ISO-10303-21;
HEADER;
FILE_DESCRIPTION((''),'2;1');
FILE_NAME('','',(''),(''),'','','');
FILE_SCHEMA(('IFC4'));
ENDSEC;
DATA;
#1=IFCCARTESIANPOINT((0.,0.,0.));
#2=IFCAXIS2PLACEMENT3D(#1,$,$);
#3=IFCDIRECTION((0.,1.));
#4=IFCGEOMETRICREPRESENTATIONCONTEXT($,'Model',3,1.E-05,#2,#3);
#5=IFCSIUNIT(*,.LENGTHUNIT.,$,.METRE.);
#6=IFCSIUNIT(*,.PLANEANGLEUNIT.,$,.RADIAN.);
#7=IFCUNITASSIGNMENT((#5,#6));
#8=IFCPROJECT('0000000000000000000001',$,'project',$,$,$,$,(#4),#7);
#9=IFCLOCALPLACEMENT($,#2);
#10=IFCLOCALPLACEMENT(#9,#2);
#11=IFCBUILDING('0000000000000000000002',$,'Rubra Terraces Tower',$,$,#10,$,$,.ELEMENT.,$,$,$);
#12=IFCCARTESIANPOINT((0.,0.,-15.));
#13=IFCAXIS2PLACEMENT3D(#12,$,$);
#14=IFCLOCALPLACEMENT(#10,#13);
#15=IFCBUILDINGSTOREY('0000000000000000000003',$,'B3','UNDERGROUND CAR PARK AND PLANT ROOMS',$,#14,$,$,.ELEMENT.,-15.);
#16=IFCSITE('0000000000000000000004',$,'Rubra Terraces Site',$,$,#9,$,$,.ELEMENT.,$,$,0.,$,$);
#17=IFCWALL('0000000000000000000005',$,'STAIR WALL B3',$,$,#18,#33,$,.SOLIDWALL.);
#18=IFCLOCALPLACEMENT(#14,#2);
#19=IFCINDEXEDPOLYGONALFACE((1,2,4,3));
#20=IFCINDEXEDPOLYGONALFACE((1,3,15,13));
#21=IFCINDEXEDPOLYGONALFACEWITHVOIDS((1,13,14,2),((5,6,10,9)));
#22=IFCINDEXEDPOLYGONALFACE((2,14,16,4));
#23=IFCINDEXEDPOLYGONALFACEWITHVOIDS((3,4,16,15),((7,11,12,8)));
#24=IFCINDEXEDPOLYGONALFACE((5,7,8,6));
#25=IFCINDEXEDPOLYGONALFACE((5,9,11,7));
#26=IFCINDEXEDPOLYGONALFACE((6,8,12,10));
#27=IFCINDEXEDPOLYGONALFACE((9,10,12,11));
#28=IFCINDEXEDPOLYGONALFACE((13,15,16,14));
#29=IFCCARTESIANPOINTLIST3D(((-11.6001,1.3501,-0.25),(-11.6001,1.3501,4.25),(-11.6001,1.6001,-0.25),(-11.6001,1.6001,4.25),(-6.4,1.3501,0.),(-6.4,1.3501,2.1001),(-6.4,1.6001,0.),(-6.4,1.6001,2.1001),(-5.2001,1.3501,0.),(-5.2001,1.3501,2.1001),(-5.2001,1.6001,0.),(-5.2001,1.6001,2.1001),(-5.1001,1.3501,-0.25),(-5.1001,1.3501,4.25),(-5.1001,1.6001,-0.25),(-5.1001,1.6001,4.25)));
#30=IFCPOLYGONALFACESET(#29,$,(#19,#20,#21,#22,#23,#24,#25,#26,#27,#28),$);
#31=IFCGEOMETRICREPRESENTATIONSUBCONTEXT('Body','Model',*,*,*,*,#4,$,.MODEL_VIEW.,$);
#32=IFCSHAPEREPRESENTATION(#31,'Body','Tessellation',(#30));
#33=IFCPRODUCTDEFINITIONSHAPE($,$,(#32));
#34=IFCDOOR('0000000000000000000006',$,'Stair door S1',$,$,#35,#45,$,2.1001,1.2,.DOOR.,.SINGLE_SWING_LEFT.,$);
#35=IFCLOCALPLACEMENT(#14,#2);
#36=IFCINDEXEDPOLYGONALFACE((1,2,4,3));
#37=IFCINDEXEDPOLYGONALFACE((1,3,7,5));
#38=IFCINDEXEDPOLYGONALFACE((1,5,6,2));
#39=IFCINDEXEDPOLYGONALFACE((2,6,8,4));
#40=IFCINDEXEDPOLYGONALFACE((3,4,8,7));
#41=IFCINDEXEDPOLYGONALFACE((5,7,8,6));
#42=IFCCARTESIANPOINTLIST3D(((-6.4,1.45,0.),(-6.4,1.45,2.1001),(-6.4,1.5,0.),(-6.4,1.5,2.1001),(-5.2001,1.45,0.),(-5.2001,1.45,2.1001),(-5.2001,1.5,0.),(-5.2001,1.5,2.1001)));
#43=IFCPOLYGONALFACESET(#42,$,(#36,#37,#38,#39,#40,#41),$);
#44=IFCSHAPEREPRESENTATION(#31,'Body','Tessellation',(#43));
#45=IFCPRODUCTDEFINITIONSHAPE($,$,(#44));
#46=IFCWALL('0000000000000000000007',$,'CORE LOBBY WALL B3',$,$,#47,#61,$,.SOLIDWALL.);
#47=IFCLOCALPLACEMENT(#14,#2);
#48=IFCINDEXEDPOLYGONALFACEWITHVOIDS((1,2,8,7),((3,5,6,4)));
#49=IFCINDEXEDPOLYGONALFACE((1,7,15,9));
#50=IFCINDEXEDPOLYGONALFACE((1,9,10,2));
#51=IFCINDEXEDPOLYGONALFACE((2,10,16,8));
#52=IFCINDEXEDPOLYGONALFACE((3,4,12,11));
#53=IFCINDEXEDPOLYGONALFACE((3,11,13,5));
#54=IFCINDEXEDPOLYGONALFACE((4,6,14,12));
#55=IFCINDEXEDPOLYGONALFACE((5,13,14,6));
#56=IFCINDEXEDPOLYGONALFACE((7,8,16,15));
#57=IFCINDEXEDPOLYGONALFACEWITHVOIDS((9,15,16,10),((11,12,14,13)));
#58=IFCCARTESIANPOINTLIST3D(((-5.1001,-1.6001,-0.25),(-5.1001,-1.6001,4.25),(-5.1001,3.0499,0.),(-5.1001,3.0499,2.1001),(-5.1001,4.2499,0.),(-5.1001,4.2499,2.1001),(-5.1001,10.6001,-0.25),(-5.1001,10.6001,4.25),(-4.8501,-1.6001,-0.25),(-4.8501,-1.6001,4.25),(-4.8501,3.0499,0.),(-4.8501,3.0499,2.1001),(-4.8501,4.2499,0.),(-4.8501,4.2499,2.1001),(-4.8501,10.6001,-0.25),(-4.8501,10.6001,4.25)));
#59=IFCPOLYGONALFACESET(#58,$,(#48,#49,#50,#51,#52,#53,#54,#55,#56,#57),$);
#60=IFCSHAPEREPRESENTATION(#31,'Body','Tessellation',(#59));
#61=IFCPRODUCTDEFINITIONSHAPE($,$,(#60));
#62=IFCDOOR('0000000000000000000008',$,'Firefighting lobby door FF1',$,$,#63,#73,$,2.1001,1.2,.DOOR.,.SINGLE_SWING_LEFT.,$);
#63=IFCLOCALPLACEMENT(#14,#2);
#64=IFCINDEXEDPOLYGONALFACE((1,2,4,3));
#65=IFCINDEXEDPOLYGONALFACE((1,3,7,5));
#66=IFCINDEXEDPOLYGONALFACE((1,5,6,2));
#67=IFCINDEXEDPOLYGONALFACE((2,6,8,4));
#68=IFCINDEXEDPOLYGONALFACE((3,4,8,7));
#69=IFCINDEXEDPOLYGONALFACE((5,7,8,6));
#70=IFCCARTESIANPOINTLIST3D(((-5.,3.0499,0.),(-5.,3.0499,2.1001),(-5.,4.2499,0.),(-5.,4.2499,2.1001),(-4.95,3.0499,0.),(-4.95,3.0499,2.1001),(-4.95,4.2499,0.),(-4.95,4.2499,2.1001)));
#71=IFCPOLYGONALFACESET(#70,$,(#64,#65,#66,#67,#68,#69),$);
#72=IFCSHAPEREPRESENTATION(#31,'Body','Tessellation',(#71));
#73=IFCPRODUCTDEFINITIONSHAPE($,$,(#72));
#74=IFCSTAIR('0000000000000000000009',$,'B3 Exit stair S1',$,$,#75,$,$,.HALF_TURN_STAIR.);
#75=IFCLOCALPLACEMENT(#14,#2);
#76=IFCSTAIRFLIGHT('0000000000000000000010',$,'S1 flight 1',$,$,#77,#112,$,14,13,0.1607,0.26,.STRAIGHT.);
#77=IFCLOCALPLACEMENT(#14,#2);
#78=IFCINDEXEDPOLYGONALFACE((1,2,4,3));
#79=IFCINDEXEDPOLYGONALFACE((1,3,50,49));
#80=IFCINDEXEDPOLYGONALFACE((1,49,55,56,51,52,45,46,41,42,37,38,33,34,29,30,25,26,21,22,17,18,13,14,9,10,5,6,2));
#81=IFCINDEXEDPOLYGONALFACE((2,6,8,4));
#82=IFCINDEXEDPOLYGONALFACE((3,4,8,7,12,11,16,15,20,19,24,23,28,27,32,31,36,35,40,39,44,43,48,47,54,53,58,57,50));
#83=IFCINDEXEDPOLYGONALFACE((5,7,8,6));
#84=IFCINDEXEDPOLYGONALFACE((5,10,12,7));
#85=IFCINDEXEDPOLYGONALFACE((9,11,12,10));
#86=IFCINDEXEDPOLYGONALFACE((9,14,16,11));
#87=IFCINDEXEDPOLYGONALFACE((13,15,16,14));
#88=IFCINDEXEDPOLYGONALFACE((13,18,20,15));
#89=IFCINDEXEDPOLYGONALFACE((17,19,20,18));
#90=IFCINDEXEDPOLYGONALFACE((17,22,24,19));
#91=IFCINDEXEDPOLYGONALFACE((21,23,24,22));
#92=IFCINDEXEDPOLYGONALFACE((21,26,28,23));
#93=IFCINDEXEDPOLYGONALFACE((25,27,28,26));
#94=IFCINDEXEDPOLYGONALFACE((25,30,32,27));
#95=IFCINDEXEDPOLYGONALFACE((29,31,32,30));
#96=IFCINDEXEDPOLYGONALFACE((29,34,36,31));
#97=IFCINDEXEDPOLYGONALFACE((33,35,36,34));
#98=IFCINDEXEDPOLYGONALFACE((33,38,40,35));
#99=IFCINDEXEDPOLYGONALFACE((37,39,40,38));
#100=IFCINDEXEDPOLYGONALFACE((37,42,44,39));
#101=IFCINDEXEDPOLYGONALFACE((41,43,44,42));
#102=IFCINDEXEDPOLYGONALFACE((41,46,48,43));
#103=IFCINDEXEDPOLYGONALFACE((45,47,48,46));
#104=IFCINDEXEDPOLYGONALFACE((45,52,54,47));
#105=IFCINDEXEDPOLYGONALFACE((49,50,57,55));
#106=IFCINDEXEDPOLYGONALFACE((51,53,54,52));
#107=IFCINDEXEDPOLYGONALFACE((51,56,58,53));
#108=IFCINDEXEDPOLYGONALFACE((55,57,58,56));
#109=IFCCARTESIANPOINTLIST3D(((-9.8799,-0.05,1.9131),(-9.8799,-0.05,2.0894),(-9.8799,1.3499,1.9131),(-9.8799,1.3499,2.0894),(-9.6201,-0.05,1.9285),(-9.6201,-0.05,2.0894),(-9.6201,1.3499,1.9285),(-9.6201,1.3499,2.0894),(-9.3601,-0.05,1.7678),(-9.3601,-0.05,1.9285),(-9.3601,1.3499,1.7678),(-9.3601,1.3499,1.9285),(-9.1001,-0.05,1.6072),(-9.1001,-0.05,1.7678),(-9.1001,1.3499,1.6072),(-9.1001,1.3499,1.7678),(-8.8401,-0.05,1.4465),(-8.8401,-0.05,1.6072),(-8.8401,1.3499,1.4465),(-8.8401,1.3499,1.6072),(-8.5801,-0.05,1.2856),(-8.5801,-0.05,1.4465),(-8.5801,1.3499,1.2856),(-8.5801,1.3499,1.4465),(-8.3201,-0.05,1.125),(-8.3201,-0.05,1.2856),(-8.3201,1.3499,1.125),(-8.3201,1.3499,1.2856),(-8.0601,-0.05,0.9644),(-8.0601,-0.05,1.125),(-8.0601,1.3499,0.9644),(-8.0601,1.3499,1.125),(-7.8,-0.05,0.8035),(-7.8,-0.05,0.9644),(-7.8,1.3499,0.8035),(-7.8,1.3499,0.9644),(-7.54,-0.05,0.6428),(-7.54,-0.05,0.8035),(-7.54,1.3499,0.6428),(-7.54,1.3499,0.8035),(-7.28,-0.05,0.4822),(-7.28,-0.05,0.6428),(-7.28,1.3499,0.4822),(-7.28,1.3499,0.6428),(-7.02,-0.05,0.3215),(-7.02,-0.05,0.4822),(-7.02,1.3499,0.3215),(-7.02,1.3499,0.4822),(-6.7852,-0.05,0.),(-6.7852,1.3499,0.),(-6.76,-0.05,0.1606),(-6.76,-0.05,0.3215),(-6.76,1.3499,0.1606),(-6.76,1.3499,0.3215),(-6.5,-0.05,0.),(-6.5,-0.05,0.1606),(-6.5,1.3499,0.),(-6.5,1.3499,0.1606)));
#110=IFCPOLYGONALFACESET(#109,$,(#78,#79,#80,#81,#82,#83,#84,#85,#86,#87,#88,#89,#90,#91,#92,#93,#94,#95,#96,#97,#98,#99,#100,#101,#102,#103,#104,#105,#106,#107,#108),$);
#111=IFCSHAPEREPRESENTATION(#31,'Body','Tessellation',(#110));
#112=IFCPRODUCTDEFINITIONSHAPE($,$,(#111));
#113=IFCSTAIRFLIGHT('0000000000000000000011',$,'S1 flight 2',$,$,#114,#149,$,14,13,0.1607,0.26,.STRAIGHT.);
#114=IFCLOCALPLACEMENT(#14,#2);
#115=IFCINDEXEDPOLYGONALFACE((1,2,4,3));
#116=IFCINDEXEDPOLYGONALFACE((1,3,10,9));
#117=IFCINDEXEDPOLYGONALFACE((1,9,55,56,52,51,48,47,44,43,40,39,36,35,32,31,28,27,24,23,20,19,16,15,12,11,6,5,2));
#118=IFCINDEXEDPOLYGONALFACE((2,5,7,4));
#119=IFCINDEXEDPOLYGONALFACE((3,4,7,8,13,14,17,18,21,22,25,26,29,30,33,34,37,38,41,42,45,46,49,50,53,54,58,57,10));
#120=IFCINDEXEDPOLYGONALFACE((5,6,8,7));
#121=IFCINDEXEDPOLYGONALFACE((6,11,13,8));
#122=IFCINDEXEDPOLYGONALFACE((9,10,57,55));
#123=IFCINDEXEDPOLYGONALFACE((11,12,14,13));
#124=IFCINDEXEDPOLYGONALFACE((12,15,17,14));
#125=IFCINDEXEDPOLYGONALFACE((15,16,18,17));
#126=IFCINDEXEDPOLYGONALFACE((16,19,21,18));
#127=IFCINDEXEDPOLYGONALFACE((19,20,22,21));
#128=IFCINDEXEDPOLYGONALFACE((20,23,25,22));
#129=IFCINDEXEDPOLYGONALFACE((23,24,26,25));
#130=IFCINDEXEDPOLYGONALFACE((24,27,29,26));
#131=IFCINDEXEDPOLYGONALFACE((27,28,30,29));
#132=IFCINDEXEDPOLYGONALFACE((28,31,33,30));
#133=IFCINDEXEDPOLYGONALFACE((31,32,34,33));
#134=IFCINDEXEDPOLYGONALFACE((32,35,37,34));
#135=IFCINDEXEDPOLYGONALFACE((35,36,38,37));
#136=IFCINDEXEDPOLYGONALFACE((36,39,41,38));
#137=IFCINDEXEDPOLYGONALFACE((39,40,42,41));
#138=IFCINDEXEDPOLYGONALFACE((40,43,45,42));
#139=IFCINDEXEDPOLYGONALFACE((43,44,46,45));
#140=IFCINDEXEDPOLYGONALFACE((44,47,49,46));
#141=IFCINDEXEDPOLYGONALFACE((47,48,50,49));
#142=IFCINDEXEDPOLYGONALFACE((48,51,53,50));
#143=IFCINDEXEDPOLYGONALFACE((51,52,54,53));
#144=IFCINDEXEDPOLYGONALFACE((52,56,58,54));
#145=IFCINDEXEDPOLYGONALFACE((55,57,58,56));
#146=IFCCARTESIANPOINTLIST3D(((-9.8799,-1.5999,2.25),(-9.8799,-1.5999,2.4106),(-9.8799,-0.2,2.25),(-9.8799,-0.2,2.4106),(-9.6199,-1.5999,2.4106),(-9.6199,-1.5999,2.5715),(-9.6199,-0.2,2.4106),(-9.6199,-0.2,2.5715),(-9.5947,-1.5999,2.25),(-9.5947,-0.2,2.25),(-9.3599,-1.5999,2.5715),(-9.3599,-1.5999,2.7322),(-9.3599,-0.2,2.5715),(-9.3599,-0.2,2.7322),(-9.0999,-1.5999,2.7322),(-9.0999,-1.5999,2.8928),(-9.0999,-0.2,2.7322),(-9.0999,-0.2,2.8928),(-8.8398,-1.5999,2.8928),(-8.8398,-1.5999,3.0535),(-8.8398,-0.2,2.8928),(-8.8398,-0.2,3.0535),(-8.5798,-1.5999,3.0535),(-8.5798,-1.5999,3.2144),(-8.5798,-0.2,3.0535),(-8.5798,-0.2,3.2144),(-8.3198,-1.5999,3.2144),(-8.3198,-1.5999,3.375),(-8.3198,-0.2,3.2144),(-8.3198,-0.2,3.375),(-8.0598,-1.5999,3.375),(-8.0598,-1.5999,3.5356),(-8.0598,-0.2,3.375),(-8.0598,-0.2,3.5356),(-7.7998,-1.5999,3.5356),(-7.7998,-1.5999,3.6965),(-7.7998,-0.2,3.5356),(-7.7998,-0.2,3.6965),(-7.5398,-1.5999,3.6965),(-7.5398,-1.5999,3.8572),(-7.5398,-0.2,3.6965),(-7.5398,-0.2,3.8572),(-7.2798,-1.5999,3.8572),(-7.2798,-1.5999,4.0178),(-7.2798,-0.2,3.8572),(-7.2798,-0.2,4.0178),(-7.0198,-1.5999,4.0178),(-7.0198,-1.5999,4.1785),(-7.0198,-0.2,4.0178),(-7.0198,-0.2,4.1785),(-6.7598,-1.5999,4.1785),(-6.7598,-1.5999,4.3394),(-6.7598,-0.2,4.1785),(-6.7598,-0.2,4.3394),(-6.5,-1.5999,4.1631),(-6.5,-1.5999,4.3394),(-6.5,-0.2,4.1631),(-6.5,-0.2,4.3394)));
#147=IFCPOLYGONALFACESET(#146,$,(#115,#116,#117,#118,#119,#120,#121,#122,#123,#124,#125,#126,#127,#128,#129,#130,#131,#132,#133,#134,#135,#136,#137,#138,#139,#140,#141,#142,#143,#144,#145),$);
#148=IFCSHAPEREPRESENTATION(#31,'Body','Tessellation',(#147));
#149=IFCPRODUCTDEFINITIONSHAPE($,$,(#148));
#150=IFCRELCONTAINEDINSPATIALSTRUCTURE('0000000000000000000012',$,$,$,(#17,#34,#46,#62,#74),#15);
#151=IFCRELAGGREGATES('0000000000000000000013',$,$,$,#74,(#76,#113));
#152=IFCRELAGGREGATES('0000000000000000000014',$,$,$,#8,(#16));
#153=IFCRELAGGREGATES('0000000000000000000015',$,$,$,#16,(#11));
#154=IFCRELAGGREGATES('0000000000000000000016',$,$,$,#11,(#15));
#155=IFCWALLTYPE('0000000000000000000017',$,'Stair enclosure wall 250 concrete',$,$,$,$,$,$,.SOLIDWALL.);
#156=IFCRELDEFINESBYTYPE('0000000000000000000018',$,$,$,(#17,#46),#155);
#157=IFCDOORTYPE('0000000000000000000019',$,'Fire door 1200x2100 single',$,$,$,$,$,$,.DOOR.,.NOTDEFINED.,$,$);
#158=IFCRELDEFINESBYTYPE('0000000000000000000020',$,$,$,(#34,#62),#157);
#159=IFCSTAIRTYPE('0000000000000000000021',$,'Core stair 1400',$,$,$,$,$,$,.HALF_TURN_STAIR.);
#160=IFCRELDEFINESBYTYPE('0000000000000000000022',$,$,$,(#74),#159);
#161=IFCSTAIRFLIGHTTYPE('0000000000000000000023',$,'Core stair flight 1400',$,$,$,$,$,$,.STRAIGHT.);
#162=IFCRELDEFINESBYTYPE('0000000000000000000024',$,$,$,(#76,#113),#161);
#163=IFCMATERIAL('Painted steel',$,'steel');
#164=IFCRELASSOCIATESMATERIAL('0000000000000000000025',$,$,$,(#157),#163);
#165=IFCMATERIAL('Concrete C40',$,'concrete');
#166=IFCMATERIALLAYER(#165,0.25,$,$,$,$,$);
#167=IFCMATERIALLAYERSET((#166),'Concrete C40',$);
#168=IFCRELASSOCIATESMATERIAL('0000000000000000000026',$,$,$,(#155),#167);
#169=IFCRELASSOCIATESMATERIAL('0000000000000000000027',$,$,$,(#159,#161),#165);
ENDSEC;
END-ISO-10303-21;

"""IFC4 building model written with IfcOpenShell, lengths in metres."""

from ifc_helpers import new_model, si_unit, direction, frame, frame_2d, origin, place, context, subcontext, project, spatial, polyline, rectangle, outline, extrude, material, layer, layer_set, type_object, element, fill, aggregate, save


model = new_model("IFC4")

# Units and contexts
model_context = context("Model", 3, precision=1e-05, world=origin(), true_north=direction((0.0, 1.0)))
body_context = subcontext(model_context, "Body", "Model", "MODEL_VIEW")
ifc_project = project(units=[si_unit("LENGTHUNIT", "METRE"), si_unit("PLANEANGLEUNIT", "RADIAN")], contexts=[model_context])

# Site, building, storey
site_placement = place(None, origin())
site = spatial("IfcSite", under=ifc_project, at=site_placement, Name="Rubra Terraces Site", CompositionType="ELEMENT", RefElevation=0.0)
building_placement = place(site_placement, origin())
building = spatial("IfcBuilding", under=site, at=building_placement, Name="Rubra Terraces Tower", CompositionType="ELEMENT")
storey_placement = place(building_placement, frame((0.0, 0.0, -15.0)))
storey = spatial("IfcBuildingStorey", under=building, at=storey_placement, Name="B3", Description="UNDERGROUND CAR PARK AND PLANT ROOMS", CompositionType="ELEMENT", Elevation=-15.0)

# Shared definitions
ifc_material_1 = material(Name="Concrete C40", Category="concrete")

# Shared definitions
ifc_material_2 = material(Name="Painted steel", Category="steel")
door_type_1 = type_object("IfcDoorType", Name="Fire door 1200x2100 single", OperationType="NOTDEFINED", PredefinedType="DOOR", material=ifc_material_2)

# Walls, openings, doors
ifc_layer_1 = layer(ifc_material_1, 0.25)
ifc_layer_set_1 = layer_set([ifc_layer_1], Name="Concrete C40")
wall_type_1 = type_object("IfcWallType", Name="Stair enclosure wall 250 concrete", PredefinedType="SOLIDWALL", material=ifc_layer_set_1)
wall_1_placement = place(storey_placement, frame((-11.6001, 1.4751, -0.25), z_axis=(0.0, 0.0, 1.0), x_axis=(1.0, 0.0, 0.0)))
wall_1 = element("IfcWall", 1, at=wall_1_placement, inside=storey, type_object=wall_type_1, Name="STAIR WALL B3", PredefinedType="SOLIDWALL", context=body_context, shape_type="SweptSolid", body=[
    extrude(rectangle(XDim=6.5, YDim=0.25, at=frame_2d((3.25, 0.0))), origin(), (0.0, 0.0, 1.0), 4.5),
])
opening_1_placement = place(wall_1_placement, frame((5.2, 0.0, 0.25)))
opening_1 = element("IfcOpeningElement", 2, at=opening_1_placement, cuts=wall_1, PredefinedType="OPENING", context=body_context, shape_type="SweptSolid", body=[
    extrude(rectangle(XDim=1.2, YDim=2.1001, at=frame_2d((0.6001, 1.05))), frame((0.0, 0.135, 0.0), z_axis=(0.0, -1.0, 0.0), x_axis=(1.0, 0.0, 0.0)), (0.0, 0.0, 1.0), 0.27),
])
door_1_placement = place(opening_1_placement, origin())
door_1 = element("IfcDoor", 3, at=door_1_placement, inside=storey, type_object=door_type_1, Name="Stair door S1", OperationType="SINGLE_SWING_LEFT", OverallHeight=2.1001, OverallWidth=1.2, PredefinedType="DOOR", context=body_context, shape_type="SweptSolid", body=[
    extrude(rectangle(XDim=1.2, YDim=2.1001, at=frame_2d((0.6001, 1.05))), frame((0.0, 0.0249, 0.0), z_axis=(0.0, -1.0, 0.0), x_axis=(1.0, 0.0, 0.0)), (0.0, 0.0, 1.0), 0.05),
])
fill(opening_1, door_1)
wall_2_placement = place(storey_placement, frame((-4.9751, -1.6001, -0.25), z_axis=(0.0, 0.0, 1.0), x_axis=(0.0, 1.0, 0.0)))
wall_2 = element("IfcWall", 4, at=wall_2_placement, inside=storey, type_object=wall_type_1, Name="CORE LOBBY WALL B3", PredefinedType="SOLIDWALL", context=body_context, shape_type="SweptSolid", body=[
    extrude(rectangle(XDim=12.2002, YDim=0.25, at=frame_2d((6.1001, 0.0))), origin(), (0.0, 0.0, 1.0), 4.5),
])
opening_2_placement = place(wall_2_placement, frame((4.6499, 0.0, 0.25)))
opening_2 = element("IfcOpeningElement", 5, at=opening_2_placement, cuts=wall_2, PredefinedType="OPENING", context=body_context, shape_type="SweptSolid", body=[
    extrude(rectangle(XDim=1.2, YDim=2.1001, at=frame_2d((0.6001, 1.05))), frame((0.0, 0.135, 0.0), z_axis=(0.0, -1.0, 0.0), x_axis=(1.0, 0.0, 0.0)), (0.0, 0.0, 1.0), 0.27),
])
door_2_placement = place(opening_2_placement, origin())
door_2 = element("IfcDoor", 6, at=door_2_placement, inside=storey, type_object=door_type_1, Name="Firefighting lobby door FF1", OperationType="SINGLE_SWING_LEFT", OverallHeight=2.1001, OverallWidth=1.2, PredefinedType="DOOR", context=body_context, shape_type="SweptSolid", body=[
    extrude(rectangle(XDim=1.2, YDim=2.1001, at=frame_2d((0.6001, 1.05))), frame((0.0, 0.0249, 0.0), z_axis=(0.0, -1.0, 0.0), x_axis=(1.0, 0.0, 0.0)), (0.0, 0.0, 1.0), 0.05),
])
fill(opening_2, door_2)

# Stair, stair flights
stair_type = type_object("IfcStairType", Name="Core stair 1400", PredefinedType="HALF_TURN_STAIR", material=ifc_material_1)
stair_placement = place(storey_placement, origin())
stair = element("IfcStair", 7, at=stair_placement, inside=storey, type_object=stair_type, Name="B3 Exit stair S1", PredefinedType="HALF_TURN_STAIR")
stair_flight_type = type_object("IfcStairFlightType", Name="Core stair flight 1400", PredefinedType="STRAIGHT", material=ifc_material_1)
stair_flight_1_placement = place(storey_placement, frame((-6.5, 0.6499, 0.0), z_axis=(0.0, 0.0, 1.0), x_axis=(-1.0, 0.0, 0.0)))
stair_flight_1 = element("IfcStairFlight", 8, at=stair_flight_1_placement, type_object=stair_flight_type, Name="S1 flight 1", NumberOfRisers=14, NumberOfTreads=13, PredefinedType="STRAIGHT", RiserHeight=0.1607, TreadLength=0.26, context=body_context, shape_type="SweptSolid", body=[
    extrude(outline(polyline([(0.0, 0.0), (0.0, 0.1606), (0.26, 0.1606), (0.26, 0.3215), (0.52, 0.3215), (0.52, 0.4822), (0.78, 0.4822), (0.78, 0.6428), (1.04, 0.6428), (1.04, 0.8035), (1.3, 0.8035), (1.3, 0.9644), (1.5601, 0.9644), (1.5601, 1.125), (1.8201, 1.125), (1.8201, 1.2856), (2.0801, 1.2856), (2.0801, 1.4465), (2.3401, 1.4465), (2.3401, 1.6072), (2.6001, 1.6072), (2.6001, 1.7678), (2.8601, 1.7678), (2.8601, 1.9285), (3.1201, 1.9285), (3.1201, 2.0894), (3.3799, 2.0894), (3.3799, 2.25), (3.3799, 1.9131), (0.2852, 0.0), (0.0, 0.0)])), frame((0.0, 0.7, 0.0), z_axis=(0.0, -1.0, 0.0), x_axis=(1.0, 0.0, 0.0)), (0.0, 0.0, 1.0), 1.3999),
])
stair_flight_2_placement = place(storey_placement, frame((-9.8799, -0.8999, 2.25), z_axis=(0.0, 0.0, 1.0), x_axis=(1.0, 0.0, 0.0)))
stair_flight_2 = element("IfcStairFlight", 9, at=stair_flight_2_placement, type_object=stair_flight_type, Name="S1 flight 2", NumberOfRisers=14, NumberOfTreads=13, PredefinedType="STRAIGHT", RiserHeight=0.1607, TreadLength=0.26, context=body_context, shape_type="SweptSolid", body=[
    extrude(outline(polyline([(0.0, 0.0), (0.0, 0.1606), (0.26, 0.1606), (0.26, 0.3215), (0.52, 0.3215), (0.52, 0.4822), (0.78, 0.4822), (0.78, 0.6428), (1.04, 0.6428), (1.04, 0.8035), (1.3, 0.8035), (1.3, 0.9644), (1.5601, 0.9644), (1.5601, 1.125), (1.8201, 1.125), (1.8201, 1.2856), (2.0801, 1.2856), (2.0801, 1.4465), (2.3401, 1.4465), (2.3401, 1.6072), (2.6001, 1.6072), (2.6001, 1.7678), (2.8601, 1.7678), (2.8601, 1.9285), (3.1201, 1.9285), (3.1201, 2.0894), (3.3799, 2.0894), (3.3799, 2.25), (3.3799, 1.9131), (0.2852, 0.0), (0.0, 0.0)])), frame((0.0, 0.7, 0.0), z_axis=(0.0, -1.0, 0.0), x_axis=(1.0, 0.0, 0.0)), (0.0, 0.0, 1.0), 1.3999),
])
aggregate(stair, [stair_flight_1, stair_flight_2])

save(model, "model.ifc")
